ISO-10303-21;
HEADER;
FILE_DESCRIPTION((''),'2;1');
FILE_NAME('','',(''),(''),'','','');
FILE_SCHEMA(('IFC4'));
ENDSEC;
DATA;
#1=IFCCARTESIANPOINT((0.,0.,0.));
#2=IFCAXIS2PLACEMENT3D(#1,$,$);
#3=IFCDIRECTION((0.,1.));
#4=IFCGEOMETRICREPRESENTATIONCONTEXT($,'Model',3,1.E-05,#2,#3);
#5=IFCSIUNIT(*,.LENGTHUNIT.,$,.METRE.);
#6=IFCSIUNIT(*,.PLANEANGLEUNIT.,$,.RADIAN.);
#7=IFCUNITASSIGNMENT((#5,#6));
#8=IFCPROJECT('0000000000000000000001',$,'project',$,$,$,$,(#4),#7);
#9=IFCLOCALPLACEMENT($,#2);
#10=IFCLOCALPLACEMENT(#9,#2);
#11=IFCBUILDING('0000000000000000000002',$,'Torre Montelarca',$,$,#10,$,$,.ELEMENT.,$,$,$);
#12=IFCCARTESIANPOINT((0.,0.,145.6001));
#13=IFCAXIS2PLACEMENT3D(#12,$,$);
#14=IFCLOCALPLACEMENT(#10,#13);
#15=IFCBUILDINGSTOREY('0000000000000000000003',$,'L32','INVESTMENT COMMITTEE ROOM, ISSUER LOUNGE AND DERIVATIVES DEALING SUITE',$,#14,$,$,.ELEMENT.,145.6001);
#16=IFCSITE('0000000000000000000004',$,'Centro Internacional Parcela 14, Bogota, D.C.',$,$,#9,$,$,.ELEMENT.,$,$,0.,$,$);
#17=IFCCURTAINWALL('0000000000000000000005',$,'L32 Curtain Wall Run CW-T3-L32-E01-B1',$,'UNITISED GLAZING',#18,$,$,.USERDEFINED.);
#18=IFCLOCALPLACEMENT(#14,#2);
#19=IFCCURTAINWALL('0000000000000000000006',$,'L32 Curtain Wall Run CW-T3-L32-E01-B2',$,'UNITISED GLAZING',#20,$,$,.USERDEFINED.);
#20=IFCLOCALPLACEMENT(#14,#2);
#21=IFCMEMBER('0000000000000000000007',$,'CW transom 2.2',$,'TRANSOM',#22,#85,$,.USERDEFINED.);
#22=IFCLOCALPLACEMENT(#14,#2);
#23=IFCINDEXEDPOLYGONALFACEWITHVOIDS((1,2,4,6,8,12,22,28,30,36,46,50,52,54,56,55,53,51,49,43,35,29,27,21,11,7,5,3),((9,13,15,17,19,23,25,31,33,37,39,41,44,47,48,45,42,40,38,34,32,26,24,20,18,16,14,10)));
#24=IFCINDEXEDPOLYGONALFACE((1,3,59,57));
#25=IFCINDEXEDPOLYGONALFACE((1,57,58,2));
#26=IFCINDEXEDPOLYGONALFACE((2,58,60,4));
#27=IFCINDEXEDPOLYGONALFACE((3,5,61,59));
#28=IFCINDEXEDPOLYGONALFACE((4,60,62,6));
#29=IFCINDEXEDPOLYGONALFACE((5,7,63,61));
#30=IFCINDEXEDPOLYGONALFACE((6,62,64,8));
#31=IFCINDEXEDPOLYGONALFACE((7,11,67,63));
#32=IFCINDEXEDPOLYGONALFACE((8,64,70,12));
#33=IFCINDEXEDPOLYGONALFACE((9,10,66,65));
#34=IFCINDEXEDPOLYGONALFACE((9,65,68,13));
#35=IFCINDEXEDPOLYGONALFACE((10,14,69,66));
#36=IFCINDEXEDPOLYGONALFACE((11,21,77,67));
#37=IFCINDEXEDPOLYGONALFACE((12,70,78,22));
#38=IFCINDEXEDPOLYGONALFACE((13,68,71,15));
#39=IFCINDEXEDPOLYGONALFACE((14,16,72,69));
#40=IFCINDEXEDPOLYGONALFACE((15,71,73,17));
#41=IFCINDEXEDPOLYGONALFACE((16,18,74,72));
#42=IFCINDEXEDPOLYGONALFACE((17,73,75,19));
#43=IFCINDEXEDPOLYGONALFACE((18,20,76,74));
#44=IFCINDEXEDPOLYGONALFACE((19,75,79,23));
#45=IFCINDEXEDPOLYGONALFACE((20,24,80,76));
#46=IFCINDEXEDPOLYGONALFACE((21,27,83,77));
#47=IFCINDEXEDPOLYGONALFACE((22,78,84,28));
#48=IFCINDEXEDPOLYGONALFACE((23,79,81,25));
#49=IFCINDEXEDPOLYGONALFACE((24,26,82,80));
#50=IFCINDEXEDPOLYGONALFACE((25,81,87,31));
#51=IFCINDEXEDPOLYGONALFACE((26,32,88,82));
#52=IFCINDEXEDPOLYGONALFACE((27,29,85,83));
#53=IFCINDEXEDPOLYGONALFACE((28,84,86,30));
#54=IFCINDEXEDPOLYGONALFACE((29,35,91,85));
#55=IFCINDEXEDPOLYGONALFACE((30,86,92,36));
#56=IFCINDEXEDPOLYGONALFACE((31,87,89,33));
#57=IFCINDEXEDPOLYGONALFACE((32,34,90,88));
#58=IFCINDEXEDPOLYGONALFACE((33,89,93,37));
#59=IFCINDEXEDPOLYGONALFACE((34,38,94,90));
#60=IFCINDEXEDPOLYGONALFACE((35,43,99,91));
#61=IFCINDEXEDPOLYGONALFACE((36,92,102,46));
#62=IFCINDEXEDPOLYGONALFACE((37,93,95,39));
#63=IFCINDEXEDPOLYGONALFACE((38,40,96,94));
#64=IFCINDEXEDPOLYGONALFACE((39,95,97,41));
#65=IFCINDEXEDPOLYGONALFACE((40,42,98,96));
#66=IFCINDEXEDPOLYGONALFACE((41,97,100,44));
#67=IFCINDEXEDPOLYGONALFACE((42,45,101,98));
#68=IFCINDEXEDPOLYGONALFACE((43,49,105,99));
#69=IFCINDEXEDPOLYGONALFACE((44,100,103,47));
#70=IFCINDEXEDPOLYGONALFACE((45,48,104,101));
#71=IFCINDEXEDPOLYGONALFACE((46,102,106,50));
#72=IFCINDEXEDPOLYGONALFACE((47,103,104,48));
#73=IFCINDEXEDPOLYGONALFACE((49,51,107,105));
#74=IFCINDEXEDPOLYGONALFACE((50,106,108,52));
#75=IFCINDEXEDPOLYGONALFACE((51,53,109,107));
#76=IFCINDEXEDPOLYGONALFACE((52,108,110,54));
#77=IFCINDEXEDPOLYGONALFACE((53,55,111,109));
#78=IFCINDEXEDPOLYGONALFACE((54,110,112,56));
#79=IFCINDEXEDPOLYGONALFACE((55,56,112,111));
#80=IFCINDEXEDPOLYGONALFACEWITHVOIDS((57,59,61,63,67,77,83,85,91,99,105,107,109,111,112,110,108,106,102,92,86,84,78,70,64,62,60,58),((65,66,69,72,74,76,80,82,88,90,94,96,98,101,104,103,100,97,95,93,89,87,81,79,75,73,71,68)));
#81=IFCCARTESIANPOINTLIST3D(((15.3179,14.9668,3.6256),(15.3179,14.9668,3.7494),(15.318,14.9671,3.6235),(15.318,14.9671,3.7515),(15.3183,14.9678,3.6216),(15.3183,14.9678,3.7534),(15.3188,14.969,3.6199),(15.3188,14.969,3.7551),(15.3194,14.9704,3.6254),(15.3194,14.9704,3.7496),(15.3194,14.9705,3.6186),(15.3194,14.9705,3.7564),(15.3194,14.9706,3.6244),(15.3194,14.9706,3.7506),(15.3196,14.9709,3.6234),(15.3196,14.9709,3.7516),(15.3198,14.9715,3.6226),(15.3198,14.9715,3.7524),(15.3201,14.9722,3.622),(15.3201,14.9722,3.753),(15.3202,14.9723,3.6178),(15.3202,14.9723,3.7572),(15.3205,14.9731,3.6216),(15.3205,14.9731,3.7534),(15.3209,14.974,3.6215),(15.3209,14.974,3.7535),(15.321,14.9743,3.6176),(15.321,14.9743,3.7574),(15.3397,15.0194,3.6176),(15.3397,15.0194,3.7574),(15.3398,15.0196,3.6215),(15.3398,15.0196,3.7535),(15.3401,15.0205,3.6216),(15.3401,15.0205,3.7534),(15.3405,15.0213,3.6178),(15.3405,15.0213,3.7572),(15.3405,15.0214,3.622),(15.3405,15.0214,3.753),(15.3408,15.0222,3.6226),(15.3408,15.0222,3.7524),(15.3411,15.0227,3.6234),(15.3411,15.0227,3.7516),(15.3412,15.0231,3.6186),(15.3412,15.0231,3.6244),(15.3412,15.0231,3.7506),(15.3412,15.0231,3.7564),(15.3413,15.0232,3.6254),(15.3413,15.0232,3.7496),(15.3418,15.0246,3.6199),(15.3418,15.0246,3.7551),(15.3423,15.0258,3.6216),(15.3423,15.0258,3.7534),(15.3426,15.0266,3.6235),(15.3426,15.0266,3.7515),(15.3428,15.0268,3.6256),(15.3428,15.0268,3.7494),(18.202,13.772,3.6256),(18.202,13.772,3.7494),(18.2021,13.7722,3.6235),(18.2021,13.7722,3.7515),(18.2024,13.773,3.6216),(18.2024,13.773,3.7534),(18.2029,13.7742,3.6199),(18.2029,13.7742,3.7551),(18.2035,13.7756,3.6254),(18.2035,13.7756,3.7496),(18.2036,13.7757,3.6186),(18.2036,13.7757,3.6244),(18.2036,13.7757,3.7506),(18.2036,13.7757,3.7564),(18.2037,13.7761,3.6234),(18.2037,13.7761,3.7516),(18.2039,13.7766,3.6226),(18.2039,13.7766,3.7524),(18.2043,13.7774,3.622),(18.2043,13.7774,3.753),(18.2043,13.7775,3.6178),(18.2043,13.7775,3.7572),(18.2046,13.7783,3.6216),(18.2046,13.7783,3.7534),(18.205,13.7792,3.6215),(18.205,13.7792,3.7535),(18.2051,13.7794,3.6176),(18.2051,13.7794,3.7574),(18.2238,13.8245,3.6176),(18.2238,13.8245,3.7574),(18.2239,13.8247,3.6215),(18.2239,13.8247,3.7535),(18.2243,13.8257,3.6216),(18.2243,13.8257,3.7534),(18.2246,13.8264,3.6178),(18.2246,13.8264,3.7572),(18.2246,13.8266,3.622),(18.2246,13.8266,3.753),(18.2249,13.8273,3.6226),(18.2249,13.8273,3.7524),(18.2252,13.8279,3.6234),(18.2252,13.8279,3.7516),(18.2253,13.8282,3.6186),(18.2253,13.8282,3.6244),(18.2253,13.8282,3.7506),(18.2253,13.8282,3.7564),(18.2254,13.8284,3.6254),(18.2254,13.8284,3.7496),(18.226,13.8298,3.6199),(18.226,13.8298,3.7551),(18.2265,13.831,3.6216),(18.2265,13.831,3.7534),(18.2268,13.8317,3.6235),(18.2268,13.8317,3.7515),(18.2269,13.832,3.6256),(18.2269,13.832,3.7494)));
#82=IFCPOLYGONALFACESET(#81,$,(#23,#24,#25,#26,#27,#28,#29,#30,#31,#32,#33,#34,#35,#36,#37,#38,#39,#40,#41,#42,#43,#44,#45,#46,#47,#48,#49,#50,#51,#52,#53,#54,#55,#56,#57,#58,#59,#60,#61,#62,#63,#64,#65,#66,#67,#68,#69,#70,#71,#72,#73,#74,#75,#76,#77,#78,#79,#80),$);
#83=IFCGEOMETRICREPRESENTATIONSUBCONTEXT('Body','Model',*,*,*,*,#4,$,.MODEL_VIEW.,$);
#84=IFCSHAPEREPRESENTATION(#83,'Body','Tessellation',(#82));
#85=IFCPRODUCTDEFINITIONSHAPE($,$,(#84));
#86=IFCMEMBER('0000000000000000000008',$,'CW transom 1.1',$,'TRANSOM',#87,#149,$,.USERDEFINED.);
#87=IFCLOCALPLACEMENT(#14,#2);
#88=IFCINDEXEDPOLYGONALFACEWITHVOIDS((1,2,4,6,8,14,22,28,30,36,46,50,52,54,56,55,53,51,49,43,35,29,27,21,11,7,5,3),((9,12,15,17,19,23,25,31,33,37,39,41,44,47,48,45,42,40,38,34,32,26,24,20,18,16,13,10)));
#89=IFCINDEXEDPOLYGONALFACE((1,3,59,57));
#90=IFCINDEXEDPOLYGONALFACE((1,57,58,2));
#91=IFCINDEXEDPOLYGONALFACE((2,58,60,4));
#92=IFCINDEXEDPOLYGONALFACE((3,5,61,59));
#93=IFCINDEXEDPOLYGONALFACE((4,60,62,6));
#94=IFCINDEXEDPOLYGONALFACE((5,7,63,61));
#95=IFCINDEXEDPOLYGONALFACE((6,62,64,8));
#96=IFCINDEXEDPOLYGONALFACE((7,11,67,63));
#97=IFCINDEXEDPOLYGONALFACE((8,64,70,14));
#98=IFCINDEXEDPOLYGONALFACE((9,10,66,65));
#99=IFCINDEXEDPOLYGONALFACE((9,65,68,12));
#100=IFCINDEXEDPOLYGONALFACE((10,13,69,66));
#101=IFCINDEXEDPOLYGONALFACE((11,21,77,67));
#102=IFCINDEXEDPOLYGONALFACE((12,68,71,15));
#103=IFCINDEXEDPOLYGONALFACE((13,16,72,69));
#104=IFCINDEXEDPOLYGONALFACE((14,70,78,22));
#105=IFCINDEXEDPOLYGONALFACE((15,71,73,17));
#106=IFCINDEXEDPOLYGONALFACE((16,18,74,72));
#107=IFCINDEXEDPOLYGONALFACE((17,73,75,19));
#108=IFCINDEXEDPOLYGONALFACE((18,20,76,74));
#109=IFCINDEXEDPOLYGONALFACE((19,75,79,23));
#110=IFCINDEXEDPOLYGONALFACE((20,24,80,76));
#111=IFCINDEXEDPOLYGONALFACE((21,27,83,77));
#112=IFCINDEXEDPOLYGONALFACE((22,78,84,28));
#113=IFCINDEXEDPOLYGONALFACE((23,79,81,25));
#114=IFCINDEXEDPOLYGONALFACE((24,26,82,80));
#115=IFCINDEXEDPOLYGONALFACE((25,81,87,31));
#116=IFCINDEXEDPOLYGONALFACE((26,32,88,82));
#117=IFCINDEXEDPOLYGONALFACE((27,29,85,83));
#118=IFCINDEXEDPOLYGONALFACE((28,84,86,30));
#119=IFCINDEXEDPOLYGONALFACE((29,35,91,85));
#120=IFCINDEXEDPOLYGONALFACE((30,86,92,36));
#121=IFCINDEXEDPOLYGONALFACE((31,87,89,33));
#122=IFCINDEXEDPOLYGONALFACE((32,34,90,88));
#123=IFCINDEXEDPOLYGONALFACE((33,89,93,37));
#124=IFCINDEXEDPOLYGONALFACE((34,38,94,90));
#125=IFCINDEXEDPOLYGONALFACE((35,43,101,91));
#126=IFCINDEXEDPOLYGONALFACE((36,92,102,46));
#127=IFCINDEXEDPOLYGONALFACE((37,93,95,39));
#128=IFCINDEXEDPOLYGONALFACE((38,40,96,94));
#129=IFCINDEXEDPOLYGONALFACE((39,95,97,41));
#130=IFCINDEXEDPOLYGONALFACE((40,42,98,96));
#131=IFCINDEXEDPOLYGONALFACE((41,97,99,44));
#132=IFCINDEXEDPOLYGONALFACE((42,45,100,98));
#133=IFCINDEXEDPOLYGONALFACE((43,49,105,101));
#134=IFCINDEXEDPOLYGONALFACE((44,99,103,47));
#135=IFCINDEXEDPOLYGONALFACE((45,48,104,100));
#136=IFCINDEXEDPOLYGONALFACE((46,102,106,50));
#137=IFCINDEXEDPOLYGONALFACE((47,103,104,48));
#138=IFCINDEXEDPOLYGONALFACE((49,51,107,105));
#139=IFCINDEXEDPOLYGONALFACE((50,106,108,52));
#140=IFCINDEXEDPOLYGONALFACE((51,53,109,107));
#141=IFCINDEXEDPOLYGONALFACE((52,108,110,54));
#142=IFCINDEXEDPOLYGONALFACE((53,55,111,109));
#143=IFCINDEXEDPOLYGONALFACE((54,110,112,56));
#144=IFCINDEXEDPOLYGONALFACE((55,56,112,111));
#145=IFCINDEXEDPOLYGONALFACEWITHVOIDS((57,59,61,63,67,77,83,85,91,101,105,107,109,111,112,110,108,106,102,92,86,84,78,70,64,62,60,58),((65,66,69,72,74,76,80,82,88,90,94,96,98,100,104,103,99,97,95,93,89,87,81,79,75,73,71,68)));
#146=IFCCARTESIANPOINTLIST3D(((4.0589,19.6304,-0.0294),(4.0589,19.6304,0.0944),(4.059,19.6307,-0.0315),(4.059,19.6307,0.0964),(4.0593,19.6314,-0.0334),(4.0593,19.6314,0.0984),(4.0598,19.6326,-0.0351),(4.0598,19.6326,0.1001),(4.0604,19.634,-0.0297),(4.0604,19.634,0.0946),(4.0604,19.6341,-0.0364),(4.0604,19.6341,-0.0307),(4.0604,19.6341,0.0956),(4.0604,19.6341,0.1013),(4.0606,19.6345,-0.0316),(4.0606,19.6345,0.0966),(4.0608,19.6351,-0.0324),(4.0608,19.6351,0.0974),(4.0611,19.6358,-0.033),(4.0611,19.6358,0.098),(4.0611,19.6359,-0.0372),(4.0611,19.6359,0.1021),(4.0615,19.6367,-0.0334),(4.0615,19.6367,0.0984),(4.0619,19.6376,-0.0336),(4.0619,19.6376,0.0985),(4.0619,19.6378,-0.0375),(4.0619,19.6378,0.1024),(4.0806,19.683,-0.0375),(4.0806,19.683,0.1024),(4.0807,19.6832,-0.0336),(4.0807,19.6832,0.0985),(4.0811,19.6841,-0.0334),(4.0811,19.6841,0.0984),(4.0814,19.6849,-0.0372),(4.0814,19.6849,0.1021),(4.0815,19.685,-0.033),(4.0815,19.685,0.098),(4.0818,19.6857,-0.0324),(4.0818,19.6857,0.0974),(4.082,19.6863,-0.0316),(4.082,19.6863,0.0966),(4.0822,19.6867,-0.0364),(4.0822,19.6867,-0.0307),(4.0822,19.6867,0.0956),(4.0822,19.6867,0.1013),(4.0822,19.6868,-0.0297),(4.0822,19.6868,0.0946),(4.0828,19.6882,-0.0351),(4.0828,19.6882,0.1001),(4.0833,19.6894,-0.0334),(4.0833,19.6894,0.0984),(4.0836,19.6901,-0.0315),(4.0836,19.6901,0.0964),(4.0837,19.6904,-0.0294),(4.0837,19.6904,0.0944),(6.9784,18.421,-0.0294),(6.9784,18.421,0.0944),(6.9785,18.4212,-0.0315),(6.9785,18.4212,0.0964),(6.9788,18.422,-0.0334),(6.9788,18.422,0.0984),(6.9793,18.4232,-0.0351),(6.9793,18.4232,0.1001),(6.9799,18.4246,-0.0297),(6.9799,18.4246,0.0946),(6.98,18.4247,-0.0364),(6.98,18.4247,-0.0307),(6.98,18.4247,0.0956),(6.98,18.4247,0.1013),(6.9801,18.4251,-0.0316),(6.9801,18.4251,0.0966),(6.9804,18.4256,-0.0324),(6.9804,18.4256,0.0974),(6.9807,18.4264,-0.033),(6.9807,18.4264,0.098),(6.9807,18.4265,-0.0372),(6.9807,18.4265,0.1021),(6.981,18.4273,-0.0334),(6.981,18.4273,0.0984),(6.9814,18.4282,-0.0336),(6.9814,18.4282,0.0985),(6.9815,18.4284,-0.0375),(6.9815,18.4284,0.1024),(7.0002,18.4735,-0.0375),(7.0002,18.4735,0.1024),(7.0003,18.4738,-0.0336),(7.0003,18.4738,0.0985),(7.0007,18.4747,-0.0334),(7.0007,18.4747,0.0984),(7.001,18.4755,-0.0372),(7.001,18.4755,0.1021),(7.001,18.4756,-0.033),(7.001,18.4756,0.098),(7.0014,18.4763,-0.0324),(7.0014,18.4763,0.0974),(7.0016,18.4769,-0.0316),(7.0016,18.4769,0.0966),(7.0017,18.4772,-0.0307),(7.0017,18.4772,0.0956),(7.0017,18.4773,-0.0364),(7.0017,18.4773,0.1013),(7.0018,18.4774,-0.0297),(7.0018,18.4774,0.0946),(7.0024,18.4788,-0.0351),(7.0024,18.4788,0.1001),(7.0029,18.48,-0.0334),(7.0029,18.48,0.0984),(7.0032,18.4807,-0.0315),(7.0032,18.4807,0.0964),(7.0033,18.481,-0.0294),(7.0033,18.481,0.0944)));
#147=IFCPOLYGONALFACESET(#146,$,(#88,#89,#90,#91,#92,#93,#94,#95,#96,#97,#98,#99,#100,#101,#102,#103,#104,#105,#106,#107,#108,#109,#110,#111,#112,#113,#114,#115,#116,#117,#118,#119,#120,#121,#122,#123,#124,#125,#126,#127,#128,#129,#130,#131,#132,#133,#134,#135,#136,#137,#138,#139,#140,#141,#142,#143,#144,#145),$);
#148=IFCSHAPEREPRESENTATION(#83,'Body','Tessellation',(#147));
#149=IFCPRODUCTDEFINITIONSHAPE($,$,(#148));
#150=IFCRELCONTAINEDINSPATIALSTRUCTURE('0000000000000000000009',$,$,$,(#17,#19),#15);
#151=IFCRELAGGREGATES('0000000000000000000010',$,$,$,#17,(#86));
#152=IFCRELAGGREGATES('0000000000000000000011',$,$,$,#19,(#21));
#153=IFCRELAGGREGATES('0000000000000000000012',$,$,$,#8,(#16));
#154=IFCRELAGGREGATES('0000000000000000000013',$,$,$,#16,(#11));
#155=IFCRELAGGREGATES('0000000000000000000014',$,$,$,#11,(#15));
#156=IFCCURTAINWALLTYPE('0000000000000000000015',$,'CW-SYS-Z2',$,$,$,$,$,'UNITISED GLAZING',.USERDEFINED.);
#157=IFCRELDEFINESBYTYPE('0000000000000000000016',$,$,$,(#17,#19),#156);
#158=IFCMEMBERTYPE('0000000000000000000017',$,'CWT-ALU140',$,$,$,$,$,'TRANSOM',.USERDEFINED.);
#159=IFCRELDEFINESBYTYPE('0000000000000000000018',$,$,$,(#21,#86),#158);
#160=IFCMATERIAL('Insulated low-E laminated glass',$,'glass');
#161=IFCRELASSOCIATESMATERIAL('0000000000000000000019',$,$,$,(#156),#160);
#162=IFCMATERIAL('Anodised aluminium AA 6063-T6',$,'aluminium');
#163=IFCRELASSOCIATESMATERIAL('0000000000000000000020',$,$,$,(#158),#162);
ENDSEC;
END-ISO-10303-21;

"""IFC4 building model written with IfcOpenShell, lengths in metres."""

from ifc_helpers import new_model, si_unit, direction, frame, origin, origin_2d, place, context, subcontext, project, spatial, hollow_rectangle, extrude, source, transform, mapped, material, material_profile, profile_set, type_object, element, aggregate, save


model = new_model("IFC4")

# Units and contexts
model_context = context("Model", 3, precision=1e-05, world=origin(), true_north=direction((0.0, 1.0)))
body_context = subcontext(model_context, "Body", "Model", "MODEL_VIEW")
ifc_project = project(units=[si_unit("LENGTHUNIT", "METRE"), si_unit("PLANEANGLEUNIT", "RADIAN")], contexts=[model_context])

# Site, building, storey
site_placement = place(None, origin())
site = spatial("IfcSite", under=ifc_project, at=site_placement, Name="Centro Internacional Parcela 14, Bogota, D.C.", CompositionType="ELEMENT", RefElevation=0.0)
building_placement = place(site_placement, origin())
building = spatial("IfcBuilding", under=site, at=building_placement, Name="Torre Montelarca", CompositionType="ELEMENT")
storey_placement = place(building_placement, frame((0.0, 0.0, 145.6001)))
storey = spatial("IfcBuildingStorey", under=building, at=storey_placement, Name="L32", Description="INVESTMENT COMMITTEE ROOM, ISSUER LOUNGE AND DERIVATIVES DEALING SUITE", CompositionType="ELEMENT", Elevation=145.6001)

# Curtain walls
ifc_material_1 = material(Name="Insulated low-E laminated glass", Category="glass")
curtain_wall_type = type_object("IfcCurtainWallType", Name="CW-SYS-Z2", ElementType="UNITISED GLAZING", PredefinedType="USERDEFINED", material=ifc_material_1)
curtain_wall_1_placement = place(storey_placement, origin())
curtain_wall_1 = element("IfcCurtainWall", 1, at=curtain_wall_1_placement, inside=storey, type_object=curtain_wall_type, Name="L32 Curtain Wall Run CW-T3-L32-E01-B1", ObjectType="UNITISED GLAZING", PredefinedType="USERDEFINED")
ifc_material_2 = material(Name="Anodised aluminium AA 6063-T6", Category="aluminium")
curtain_wall_2_placement = place(storey_placement, origin())
curtain_wall_2 = element("IfcCurtainWall", 2, at=curtain_wall_2_placement, inside=storey, type_object=curtain_wall_type, Name="L32 Curtain Wall Run CW-T3-L32-E01-B2", ObjectType="UNITISED GLAZING", PredefinedType="USERDEFINED")
ifc_material_profile_1 = material_profile(ifc_material_2, hollow_rectangle(XDim=0.0649, YDim=0.1399, WallThickness=0.0039, InnerFilletRadius=0.0039, OuterFilletRadius=0.0081, at=origin_2d()), Name="ALU65X140X4", Category="aluminium")
ifc_profile_set_1 = profile_set([ifc_material_profile_1], Name="Anodised aluminium AA 6063-T6")
member_type_1 = type_object("IfcMemberType", Name="CWT-ALU140", ElementType="TRANSOM", PredefinedType="USERDEFINED", material=ifc_profile_set_1)

# Members
shared_shape_1 = source(origin(), body_context, "Body", "SweptSolid", [
    extrude(hollow_rectangle(XDim=0.0649, YDim=0.1399, WallThickness=0.0039, InnerFilletRadius=0.0039, OuterFilletRadius=0.0081, at=origin_2d()), origin(), (0.0, 0.0, 1.0), 3.1218),
])
member_1_placement = place(storey_placement, frame((15.3303, 14.9968, 3.6875), z_axis=(0.923855, -0.382743, 0.0), x_axis=(0.382743, 0.923855, 0.0)))
member_1 = element("IfcMember", 3, at=member_1_placement, type_object=member_type_1, Name="CW transom 2.2", ObjectType="TRANSOM", PredefinedType="USERDEFINED", context=body_context, shape_type="MappedRepresentation", body=[
    mapped(shared_shape_1, transform((0.0, 0.0, 0.0), scale=1.0)),
])
shared_shape_2 = source(origin(), body_context, "Body", "SweptSolid", [
    extrude(hollow_rectangle(XDim=0.0649, YDim=0.1399, WallThickness=0.0039, InnerFilletRadius=0.0039, OuterFilletRadius=0.0081, at=origin_2d()), origin(), (0.0, 0.0, 1.0), 3.1602),
])
member_2_placement = place(storey_placement, frame((4.0713, 19.6604, 0.0325), z_axis=(0.923868, -0.382711, 0.0), x_axis=(0.382711, 0.923868, 0.0)))
member_2 = element("IfcMember", 4, at=member_2_placement, type_object=member_type_1, Name="CW transom 1.1", ObjectType="TRANSOM", PredefinedType="USERDEFINED", context=body_context, shape_type="MappedRepresentation", body=[
    mapped(shared_shape_2, transform((0.0, 0.0, 0.0), scale=1.0)),
])

aggregate(curtain_wall_1, [member_2])
aggregate(curtain_wall_2, [member_1])

save(model, "model.ifc")
